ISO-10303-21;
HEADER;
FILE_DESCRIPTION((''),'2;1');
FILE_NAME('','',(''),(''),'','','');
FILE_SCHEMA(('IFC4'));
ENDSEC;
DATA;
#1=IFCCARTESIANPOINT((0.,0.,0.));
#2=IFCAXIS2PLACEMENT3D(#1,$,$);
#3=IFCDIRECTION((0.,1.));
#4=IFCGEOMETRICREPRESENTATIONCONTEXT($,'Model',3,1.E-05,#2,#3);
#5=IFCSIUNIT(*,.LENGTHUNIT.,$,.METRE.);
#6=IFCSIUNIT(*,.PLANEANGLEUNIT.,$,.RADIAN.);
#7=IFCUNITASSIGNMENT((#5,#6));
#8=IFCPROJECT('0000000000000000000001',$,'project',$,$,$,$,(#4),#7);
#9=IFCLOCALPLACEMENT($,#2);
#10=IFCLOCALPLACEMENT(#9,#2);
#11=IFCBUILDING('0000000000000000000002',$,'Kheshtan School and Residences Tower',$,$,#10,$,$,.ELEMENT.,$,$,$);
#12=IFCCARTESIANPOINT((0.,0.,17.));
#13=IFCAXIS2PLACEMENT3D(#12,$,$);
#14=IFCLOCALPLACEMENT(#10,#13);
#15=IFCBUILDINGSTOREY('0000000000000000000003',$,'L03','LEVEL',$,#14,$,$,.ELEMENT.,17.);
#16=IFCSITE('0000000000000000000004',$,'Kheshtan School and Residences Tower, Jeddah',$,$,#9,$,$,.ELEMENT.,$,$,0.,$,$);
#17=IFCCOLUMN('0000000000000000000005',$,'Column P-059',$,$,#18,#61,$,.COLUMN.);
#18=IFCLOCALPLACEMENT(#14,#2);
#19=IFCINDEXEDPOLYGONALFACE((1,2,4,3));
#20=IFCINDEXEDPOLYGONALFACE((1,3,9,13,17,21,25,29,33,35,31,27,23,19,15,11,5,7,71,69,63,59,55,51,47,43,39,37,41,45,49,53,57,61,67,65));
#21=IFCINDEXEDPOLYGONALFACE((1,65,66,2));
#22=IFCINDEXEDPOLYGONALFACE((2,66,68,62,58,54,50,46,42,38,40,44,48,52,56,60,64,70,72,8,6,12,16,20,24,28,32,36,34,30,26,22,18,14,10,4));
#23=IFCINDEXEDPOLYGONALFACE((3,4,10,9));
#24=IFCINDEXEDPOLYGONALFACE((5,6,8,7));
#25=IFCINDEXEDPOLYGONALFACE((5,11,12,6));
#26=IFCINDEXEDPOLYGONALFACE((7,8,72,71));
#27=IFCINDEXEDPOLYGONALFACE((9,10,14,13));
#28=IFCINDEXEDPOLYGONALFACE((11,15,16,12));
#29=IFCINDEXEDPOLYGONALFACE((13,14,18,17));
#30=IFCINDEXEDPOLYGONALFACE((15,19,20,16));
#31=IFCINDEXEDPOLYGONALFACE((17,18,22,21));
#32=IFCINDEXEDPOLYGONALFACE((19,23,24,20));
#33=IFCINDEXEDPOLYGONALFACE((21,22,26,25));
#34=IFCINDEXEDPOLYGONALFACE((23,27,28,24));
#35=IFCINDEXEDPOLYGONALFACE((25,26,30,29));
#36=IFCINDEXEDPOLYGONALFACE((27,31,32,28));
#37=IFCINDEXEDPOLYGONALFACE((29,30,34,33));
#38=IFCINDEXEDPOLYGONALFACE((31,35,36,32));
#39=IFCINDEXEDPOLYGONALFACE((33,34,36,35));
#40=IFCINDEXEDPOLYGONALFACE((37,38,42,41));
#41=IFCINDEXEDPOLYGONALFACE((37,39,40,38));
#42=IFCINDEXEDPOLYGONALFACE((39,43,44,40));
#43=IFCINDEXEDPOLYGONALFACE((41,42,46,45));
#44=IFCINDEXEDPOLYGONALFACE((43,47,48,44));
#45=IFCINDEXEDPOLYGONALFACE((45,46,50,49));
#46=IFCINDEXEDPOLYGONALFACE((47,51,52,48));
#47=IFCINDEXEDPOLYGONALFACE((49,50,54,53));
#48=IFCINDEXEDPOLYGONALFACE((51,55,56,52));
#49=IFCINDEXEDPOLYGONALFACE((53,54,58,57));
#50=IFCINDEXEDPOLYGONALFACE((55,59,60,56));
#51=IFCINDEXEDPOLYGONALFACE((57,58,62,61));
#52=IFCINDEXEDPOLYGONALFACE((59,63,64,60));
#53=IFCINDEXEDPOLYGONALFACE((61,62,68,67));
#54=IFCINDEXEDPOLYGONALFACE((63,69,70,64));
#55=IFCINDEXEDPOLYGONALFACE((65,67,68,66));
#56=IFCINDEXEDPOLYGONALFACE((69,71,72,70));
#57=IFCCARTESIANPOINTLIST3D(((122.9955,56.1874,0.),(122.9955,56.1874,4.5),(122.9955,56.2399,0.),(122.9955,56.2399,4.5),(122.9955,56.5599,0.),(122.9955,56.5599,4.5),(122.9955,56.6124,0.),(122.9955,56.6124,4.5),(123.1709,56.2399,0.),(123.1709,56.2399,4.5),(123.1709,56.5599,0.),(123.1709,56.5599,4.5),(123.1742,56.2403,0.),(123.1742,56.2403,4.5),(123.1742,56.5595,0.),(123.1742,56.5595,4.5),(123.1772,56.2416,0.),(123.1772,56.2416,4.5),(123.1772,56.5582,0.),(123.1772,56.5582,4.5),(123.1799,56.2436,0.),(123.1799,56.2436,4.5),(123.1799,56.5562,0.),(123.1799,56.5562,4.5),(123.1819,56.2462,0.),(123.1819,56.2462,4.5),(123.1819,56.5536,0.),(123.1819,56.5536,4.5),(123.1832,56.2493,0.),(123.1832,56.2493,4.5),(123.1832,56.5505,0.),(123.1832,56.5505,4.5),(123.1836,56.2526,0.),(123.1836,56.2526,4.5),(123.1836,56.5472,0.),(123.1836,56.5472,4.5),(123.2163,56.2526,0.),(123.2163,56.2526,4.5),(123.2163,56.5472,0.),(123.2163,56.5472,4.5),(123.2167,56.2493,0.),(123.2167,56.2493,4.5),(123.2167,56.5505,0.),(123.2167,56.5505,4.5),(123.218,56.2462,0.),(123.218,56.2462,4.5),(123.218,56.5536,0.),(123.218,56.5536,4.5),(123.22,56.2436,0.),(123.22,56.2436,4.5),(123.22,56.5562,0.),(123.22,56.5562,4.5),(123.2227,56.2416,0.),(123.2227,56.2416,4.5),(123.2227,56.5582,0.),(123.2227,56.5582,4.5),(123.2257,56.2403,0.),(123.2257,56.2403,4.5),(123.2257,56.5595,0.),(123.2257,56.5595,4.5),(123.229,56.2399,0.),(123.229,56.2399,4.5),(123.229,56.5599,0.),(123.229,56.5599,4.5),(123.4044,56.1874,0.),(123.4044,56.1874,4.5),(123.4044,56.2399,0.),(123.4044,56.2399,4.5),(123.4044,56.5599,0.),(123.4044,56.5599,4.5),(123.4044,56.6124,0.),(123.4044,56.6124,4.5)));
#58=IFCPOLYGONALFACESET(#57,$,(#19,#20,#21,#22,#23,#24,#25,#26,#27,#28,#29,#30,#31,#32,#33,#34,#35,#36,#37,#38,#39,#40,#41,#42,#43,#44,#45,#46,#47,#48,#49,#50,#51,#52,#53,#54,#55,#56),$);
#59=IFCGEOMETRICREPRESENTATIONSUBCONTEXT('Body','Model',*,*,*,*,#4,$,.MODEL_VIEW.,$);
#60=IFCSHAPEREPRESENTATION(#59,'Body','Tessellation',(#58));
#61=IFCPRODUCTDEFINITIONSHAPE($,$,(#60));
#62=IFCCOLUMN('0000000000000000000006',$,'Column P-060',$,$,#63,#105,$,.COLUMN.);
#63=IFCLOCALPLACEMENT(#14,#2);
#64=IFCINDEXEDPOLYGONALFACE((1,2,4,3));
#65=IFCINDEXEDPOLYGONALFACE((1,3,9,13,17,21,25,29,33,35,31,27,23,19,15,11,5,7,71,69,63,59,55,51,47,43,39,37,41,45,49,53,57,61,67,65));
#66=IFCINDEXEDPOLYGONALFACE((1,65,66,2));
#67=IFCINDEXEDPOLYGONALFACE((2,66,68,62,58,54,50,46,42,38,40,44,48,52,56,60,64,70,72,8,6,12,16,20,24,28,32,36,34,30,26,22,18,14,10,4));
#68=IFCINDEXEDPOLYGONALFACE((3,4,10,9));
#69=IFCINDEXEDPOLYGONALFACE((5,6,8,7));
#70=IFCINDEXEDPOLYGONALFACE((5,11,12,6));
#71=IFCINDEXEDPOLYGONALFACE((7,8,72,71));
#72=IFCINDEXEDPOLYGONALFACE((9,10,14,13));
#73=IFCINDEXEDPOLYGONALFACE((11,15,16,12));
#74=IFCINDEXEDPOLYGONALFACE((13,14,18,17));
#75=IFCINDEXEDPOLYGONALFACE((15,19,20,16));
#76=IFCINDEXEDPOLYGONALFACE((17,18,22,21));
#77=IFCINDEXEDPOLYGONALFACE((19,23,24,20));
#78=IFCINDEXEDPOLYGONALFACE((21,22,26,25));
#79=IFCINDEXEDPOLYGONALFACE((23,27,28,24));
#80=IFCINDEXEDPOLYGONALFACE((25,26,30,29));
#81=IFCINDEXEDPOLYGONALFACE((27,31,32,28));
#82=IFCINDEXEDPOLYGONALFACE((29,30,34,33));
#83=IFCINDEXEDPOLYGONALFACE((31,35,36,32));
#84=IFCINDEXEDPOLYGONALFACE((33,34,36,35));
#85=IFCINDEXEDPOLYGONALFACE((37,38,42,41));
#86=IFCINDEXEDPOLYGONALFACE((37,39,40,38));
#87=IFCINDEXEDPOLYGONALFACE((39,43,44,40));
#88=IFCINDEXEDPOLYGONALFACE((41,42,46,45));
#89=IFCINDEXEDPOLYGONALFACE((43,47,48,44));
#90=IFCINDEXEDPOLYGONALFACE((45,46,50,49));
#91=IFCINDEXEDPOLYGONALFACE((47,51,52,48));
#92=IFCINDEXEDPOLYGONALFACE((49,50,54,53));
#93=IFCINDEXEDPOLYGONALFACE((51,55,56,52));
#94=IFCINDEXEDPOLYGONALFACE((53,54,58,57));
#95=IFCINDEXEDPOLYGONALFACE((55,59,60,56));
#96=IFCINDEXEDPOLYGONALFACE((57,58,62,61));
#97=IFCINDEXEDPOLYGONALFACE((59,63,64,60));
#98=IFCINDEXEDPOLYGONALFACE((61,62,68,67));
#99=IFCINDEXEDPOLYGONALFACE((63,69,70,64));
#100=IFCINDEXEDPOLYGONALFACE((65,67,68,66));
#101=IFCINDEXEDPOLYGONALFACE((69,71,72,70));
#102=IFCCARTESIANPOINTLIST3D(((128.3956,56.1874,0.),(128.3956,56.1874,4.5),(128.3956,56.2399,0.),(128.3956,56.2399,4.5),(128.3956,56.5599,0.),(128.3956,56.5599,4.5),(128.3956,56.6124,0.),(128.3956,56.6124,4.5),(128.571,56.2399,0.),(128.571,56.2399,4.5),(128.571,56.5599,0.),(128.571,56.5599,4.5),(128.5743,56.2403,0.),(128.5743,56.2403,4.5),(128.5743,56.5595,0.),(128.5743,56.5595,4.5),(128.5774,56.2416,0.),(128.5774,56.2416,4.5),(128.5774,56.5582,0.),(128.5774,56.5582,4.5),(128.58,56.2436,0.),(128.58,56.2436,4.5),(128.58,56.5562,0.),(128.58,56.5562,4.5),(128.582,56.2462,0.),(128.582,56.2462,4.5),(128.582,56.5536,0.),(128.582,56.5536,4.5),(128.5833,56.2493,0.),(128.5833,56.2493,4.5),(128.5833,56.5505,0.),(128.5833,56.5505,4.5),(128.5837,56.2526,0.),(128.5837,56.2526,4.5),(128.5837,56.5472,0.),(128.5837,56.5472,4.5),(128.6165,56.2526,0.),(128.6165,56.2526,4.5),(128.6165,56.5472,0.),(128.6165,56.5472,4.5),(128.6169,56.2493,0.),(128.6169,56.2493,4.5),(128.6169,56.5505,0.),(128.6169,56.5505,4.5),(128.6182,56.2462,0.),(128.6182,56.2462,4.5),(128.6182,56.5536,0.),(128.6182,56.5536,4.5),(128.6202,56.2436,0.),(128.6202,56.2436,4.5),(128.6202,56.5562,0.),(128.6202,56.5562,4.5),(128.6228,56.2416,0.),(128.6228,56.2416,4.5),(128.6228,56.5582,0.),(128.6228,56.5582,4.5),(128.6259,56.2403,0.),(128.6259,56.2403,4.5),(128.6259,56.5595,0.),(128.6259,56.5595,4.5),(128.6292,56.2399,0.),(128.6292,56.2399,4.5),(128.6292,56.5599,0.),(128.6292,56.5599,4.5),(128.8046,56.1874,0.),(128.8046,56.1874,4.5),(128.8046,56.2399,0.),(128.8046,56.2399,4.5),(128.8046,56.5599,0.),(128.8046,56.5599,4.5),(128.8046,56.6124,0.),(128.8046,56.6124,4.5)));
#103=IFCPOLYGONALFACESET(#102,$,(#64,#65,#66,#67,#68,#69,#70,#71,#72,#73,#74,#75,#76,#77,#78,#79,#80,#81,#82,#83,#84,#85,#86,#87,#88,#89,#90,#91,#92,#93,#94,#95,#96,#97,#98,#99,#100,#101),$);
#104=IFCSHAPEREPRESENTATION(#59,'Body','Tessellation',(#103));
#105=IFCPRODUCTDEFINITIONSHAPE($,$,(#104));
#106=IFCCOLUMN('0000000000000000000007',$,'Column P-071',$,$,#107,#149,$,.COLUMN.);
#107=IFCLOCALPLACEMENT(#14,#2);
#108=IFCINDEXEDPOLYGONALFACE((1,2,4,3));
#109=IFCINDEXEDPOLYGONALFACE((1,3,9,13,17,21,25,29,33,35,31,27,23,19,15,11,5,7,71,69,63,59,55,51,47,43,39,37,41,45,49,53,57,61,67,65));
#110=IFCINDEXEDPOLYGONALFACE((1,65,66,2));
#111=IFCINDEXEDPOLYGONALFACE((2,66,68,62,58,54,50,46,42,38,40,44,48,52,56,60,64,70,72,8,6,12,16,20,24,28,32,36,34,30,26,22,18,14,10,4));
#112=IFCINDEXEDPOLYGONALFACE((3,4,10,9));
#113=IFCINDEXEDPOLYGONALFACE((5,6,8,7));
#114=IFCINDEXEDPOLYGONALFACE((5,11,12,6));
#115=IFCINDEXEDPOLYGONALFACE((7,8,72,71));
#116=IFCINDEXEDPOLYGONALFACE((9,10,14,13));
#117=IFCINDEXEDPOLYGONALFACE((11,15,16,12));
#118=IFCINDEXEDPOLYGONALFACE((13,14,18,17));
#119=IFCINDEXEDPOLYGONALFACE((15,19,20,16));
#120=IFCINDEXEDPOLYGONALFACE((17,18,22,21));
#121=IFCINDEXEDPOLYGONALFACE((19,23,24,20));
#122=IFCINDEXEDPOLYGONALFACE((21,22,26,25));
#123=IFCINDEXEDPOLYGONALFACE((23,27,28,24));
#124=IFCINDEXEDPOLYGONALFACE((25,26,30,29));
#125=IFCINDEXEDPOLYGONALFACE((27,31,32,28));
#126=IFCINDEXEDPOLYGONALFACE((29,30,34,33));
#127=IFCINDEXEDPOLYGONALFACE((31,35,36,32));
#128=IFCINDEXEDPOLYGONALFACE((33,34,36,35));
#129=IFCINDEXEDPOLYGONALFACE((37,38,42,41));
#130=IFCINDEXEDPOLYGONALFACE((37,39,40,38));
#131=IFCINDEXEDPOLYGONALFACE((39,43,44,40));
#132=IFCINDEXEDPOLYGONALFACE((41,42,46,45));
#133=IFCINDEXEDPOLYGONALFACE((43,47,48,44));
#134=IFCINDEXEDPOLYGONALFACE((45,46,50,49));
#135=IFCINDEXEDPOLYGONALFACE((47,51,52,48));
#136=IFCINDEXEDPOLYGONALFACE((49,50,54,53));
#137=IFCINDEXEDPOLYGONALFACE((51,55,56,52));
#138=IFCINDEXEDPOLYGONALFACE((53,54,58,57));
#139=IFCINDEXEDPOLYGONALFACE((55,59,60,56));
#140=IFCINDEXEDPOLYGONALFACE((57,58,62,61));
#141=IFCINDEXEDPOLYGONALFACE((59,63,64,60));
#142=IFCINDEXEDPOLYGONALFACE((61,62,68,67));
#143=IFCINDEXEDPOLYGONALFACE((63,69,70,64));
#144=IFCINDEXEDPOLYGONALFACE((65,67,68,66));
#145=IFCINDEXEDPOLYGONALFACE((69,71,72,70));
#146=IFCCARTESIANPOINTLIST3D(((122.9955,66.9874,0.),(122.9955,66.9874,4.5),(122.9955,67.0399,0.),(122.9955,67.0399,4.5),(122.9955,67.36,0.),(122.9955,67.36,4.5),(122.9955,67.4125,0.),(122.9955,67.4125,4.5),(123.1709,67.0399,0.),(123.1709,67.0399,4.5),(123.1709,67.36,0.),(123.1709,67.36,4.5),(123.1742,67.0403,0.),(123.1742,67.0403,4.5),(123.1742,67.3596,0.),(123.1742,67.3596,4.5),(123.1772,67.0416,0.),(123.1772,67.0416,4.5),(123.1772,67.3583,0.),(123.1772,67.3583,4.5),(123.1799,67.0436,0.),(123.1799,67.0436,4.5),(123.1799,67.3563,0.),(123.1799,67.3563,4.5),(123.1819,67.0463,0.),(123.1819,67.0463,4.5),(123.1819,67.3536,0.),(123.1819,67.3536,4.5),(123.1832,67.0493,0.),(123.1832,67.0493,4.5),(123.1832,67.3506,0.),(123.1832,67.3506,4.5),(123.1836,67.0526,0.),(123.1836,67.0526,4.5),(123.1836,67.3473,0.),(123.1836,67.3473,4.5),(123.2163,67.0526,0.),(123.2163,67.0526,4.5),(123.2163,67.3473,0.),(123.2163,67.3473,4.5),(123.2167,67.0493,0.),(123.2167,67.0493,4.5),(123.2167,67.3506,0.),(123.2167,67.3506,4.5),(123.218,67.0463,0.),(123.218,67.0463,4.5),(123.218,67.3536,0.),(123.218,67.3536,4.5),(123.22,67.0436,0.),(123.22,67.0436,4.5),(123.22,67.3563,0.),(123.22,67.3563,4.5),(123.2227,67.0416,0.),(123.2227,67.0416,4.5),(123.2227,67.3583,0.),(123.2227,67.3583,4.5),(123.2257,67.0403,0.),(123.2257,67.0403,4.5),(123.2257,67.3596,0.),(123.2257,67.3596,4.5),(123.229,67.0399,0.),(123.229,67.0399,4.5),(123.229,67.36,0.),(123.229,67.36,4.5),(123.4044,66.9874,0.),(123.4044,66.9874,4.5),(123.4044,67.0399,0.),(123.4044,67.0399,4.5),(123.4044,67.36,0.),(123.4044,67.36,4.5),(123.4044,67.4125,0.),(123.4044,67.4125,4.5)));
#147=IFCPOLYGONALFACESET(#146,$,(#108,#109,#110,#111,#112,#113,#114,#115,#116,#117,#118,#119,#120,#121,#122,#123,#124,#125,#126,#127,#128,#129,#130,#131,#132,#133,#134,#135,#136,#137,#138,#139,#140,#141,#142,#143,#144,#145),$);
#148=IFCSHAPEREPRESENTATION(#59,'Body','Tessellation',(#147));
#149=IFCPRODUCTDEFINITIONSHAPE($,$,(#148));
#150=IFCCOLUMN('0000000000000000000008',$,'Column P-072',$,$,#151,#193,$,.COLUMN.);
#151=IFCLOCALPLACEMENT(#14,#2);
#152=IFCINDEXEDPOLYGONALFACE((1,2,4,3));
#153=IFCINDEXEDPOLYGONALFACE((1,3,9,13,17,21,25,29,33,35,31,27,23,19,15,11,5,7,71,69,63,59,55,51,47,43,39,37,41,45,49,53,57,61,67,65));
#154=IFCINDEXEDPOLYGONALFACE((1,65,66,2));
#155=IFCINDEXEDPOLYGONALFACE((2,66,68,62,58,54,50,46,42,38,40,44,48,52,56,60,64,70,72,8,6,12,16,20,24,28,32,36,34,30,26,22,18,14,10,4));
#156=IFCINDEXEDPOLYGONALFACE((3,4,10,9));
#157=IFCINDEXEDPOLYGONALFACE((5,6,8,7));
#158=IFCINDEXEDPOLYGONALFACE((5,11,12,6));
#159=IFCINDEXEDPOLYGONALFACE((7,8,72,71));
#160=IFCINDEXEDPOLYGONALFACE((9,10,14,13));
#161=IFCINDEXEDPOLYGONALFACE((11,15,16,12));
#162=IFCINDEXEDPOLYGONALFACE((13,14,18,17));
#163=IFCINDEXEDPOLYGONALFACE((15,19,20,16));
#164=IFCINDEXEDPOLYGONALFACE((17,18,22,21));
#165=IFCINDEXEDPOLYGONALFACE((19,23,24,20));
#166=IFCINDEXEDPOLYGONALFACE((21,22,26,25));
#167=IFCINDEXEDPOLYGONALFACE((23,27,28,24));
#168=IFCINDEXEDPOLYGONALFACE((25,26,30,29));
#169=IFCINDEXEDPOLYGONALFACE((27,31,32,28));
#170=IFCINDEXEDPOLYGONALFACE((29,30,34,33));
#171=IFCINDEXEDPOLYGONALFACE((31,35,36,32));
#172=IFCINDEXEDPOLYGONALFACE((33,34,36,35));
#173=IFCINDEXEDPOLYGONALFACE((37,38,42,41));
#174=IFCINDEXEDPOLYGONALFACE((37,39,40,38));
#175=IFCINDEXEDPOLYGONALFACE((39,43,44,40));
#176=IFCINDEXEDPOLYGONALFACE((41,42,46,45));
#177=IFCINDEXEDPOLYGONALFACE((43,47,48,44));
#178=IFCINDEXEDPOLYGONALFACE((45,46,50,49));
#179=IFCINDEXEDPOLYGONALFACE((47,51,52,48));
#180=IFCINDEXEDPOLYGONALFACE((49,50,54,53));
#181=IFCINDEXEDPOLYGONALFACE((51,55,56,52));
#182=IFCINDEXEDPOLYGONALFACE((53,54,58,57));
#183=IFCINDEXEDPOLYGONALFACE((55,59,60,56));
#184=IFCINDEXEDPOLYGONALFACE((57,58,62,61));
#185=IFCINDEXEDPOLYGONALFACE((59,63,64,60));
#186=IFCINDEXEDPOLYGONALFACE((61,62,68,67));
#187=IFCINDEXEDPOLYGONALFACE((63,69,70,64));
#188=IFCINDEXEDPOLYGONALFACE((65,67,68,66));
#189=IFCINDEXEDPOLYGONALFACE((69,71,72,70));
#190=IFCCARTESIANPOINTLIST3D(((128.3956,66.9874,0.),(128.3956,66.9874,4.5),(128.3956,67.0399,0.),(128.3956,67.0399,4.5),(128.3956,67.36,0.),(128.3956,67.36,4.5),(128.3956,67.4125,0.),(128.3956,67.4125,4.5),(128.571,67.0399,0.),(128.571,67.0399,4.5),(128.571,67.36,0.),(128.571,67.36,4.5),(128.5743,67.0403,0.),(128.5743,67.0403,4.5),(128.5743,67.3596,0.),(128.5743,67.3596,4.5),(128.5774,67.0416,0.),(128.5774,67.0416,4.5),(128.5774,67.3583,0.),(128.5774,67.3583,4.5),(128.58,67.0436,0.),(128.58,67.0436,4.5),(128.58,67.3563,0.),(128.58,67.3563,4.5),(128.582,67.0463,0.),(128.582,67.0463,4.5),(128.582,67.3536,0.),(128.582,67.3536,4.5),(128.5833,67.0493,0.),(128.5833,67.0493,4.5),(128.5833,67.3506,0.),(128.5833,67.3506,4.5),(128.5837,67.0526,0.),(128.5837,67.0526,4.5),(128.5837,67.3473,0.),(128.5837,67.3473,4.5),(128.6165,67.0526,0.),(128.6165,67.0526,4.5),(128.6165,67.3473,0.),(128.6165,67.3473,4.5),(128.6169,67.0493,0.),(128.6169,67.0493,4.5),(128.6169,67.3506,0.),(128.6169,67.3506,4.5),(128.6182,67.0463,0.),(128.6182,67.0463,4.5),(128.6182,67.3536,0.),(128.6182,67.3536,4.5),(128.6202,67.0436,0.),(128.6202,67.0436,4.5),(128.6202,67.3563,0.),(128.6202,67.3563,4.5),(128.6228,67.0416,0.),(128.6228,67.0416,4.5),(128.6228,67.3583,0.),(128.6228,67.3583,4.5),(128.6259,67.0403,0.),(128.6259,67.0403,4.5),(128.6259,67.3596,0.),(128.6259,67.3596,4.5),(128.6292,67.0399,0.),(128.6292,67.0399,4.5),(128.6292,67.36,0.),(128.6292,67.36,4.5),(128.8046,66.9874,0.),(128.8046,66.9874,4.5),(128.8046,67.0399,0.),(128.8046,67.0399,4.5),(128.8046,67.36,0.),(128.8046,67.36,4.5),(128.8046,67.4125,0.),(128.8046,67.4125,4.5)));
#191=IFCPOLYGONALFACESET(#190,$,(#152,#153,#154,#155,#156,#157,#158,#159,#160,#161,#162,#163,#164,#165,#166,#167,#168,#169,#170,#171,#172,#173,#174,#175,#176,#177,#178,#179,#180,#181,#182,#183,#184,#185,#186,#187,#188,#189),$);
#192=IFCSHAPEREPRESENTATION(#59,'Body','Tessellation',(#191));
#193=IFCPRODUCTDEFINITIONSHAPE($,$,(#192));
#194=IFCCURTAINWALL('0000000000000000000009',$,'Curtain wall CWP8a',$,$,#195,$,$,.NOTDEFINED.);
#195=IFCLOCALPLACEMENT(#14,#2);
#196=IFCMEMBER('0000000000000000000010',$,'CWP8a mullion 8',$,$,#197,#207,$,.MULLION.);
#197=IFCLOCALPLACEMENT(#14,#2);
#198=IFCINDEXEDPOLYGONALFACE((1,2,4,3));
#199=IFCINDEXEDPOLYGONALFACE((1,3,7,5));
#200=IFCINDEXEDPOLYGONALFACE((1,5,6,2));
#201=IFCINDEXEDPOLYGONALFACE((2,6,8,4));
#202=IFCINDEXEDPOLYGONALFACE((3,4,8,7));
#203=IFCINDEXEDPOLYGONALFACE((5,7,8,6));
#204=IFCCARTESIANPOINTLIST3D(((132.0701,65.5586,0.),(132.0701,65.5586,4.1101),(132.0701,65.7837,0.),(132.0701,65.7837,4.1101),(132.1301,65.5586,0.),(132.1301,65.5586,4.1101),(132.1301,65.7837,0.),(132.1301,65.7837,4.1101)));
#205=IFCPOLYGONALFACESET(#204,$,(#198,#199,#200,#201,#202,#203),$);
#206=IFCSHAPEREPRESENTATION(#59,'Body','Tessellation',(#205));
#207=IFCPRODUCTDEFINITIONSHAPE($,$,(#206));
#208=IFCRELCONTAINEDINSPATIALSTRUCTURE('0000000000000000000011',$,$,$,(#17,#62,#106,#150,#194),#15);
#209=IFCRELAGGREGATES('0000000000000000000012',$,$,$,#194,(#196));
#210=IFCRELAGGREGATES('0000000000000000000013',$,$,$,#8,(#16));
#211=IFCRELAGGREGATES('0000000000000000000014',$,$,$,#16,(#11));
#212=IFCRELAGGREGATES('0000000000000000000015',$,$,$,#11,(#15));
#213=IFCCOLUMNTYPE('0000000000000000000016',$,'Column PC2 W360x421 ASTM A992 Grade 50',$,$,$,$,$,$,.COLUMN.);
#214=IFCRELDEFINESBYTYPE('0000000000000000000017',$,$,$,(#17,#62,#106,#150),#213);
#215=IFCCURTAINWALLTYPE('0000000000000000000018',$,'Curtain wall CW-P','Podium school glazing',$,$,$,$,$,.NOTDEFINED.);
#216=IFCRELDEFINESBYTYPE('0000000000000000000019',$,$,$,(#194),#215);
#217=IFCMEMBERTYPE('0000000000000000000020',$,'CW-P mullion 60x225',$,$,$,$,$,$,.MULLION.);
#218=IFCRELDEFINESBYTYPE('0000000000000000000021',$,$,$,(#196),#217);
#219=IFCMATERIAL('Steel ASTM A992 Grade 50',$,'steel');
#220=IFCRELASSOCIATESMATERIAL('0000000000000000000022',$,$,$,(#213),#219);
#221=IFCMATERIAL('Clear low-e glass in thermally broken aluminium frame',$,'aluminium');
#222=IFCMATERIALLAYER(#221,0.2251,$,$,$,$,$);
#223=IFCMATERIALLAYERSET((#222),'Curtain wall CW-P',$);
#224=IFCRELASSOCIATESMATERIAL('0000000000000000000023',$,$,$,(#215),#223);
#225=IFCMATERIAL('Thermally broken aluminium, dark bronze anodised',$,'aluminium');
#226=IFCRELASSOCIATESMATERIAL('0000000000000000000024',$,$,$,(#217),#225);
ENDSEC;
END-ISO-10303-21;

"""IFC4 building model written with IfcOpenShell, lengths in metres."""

from ifc_helpers import new_model, si_unit, direction, frame, origin, origin_2d, place, context, subcontext, project, spatial, rectangle, i_section, extrude, material, layer, layer_set, material_profile, profile_set, type_object, element, aggregate, save


model = new_model("IFC4")

# Units and contexts
model_context = context("Model", 3, precision=1e-05, world=origin(), true_north=direction((0.0, 1.0)))
body_context = subcontext(model_context, "Body", "Model", "MODEL_VIEW")
ifc_project = project(units=[si_unit("LENGTHUNIT", "METRE"), si_unit("PLANEANGLEUNIT", "RADIAN")], contexts=[model_context])

# Site, building, storey
site_placement = place(None, origin())
site = spatial("IfcSite", under=ifc_project, at=site_placement, Name="Kheshtan School and Residences Tower, Jeddah", CompositionType="ELEMENT", RefElevation=0.0)
building_placement = place(site_placement, origin())
building = spatial("IfcBuilding", under=site, at=building_placement, Name="Kheshtan School and Residences Tower", CompositionType="ELEMENT")
storey_placement = place(building_placement, frame((0.0, 0.0, 17.0)))
storey = spatial("IfcBuildingStorey", under=building, at=storey_placement, Name="L03", Description="LEVEL", CompositionType="ELEMENT", Elevation=17.0)

# Columns
ifc_material_1 = material(Name="Steel ASTM A992 Grade 50", Category="steel")
ifc_material_profile_1 = material_profile(ifc_material_1, i_section(OverallWidth=0.4089, OverallDepth=0.425, WebThickness=0.0327, FlangeThickness=0.0525, FilletRadius=0.0127, at=origin_2d()), Name="W360x421")
ifc_profile_set_1 = profile_set([ifc_material_profile_1], Name="Steel ASTM A992 Grade 50")
column_type = type_object("IfcColumnType", Name="Column PC2 W360x421 ASTM A992 Grade 50", PredefinedType="COLUMN", material=ifc_profile_set_1)
for number, where, z_axis, x_axis, name in (
    (1, (123.2, 56.3999, 0.0), (0.0, 0.0, 1.0), (1.0, 0.0, 0.0), "Column P-059"),
    (2, (128.6001, 56.3999, 0.0), (0.0, 0.0, 1.0), (1.0, 0.0, 0.0), "Column P-060"),
    (3, (123.2, 67.2, 0.0), (0.0, 0.0, 1.0), (1.0, 0.0, 0.0), "Column P-071"),
    (4, (128.6001, 67.2, 0.0), (0.0, 0.0, 1.0), (1.0, 0.0, 0.0), "Column P-072"),
):
    element("IfcColumn", number, at=place(storey_placement, frame(where, z_axis=z_axis, x_axis=x_axis)), inside=storey, type_object=column_type, Name=name, PredefinedType="COLUMN", context=body_context, shape_type="SweptSolid", body=[
        extrude(i_section(OverallWidth=0.4089, OverallDepth=0.425, WebThickness=0.0327, FlangeThickness=0.0525, FilletRadius=0.0127, at=origin_2d()), origin(), (0.0, 0.0, 1.0), 4.5),
    ])

# Curtain wall, member
ifc_material_2 = material(Name="Clear low-e glass in thermally broken aluminium frame", Category="aluminium")
ifc_layer_1 = layer(ifc_material_2, 0.2251)
ifc_layer_set_1 = layer_set([ifc_layer_1], Name="Curtain wall CW-P")
curtain_wall_type = type_object("IfcCurtainWallType", Name="Curtain wall CW-P", Description="Podium school glazing", PredefinedType="NOTDEFINED", material=ifc_layer_set_1)
curtain_wall_placement = place(storey_placement, origin())
curtain_wall = element("IfcCurtainWall", 5, at=curtain_wall_placement, inside=storey, type_object=curtain_wall_type, Name="Curtain wall CWP8a", PredefinedType="NOTDEFINED")
ifc_material_3 = material(Name="Thermally broken aluminium, dark bronze anodised", Category="aluminium")
ifc_material_profile_2 = material_profile(ifc_material_3, rectangle(XDim=0.0601, YDim=0.2251, at=origin_2d()), Name="CW-P mullion 60x225")
ifc_profile_set_2 = profile_set([ifc_material_profile_2], Name="Thermally broken aluminium, dark bronze anodised")
member_type = type_object("IfcMemberType", Name="CW-P mullion 60x225", PredefinedType="MULLION", material=ifc_profile_set_2)
member_1_placement = place(storey_placement, frame((132.1001, 65.6711, 0.0), z_axis=(0.0, 0.0, 1.0), x_axis=(1.0, 0.0, 0.0)))
member_1 = element("IfcMember", 6, at=member_1_placement, type_object=member_type, Name="CWP8a mullion 8", PredefinedType="MULLION", context=body_context, shape_type="SweptSolid", body=[
    extrude(rectangle(XDim=0.0601, YDim=0.2251, at=origin_2d()), origin(), (0.0, 0.0, 1.0), 4.1101),
])
aggregate(curtain_wall, [member_1])

save(model, "model.ifc")
